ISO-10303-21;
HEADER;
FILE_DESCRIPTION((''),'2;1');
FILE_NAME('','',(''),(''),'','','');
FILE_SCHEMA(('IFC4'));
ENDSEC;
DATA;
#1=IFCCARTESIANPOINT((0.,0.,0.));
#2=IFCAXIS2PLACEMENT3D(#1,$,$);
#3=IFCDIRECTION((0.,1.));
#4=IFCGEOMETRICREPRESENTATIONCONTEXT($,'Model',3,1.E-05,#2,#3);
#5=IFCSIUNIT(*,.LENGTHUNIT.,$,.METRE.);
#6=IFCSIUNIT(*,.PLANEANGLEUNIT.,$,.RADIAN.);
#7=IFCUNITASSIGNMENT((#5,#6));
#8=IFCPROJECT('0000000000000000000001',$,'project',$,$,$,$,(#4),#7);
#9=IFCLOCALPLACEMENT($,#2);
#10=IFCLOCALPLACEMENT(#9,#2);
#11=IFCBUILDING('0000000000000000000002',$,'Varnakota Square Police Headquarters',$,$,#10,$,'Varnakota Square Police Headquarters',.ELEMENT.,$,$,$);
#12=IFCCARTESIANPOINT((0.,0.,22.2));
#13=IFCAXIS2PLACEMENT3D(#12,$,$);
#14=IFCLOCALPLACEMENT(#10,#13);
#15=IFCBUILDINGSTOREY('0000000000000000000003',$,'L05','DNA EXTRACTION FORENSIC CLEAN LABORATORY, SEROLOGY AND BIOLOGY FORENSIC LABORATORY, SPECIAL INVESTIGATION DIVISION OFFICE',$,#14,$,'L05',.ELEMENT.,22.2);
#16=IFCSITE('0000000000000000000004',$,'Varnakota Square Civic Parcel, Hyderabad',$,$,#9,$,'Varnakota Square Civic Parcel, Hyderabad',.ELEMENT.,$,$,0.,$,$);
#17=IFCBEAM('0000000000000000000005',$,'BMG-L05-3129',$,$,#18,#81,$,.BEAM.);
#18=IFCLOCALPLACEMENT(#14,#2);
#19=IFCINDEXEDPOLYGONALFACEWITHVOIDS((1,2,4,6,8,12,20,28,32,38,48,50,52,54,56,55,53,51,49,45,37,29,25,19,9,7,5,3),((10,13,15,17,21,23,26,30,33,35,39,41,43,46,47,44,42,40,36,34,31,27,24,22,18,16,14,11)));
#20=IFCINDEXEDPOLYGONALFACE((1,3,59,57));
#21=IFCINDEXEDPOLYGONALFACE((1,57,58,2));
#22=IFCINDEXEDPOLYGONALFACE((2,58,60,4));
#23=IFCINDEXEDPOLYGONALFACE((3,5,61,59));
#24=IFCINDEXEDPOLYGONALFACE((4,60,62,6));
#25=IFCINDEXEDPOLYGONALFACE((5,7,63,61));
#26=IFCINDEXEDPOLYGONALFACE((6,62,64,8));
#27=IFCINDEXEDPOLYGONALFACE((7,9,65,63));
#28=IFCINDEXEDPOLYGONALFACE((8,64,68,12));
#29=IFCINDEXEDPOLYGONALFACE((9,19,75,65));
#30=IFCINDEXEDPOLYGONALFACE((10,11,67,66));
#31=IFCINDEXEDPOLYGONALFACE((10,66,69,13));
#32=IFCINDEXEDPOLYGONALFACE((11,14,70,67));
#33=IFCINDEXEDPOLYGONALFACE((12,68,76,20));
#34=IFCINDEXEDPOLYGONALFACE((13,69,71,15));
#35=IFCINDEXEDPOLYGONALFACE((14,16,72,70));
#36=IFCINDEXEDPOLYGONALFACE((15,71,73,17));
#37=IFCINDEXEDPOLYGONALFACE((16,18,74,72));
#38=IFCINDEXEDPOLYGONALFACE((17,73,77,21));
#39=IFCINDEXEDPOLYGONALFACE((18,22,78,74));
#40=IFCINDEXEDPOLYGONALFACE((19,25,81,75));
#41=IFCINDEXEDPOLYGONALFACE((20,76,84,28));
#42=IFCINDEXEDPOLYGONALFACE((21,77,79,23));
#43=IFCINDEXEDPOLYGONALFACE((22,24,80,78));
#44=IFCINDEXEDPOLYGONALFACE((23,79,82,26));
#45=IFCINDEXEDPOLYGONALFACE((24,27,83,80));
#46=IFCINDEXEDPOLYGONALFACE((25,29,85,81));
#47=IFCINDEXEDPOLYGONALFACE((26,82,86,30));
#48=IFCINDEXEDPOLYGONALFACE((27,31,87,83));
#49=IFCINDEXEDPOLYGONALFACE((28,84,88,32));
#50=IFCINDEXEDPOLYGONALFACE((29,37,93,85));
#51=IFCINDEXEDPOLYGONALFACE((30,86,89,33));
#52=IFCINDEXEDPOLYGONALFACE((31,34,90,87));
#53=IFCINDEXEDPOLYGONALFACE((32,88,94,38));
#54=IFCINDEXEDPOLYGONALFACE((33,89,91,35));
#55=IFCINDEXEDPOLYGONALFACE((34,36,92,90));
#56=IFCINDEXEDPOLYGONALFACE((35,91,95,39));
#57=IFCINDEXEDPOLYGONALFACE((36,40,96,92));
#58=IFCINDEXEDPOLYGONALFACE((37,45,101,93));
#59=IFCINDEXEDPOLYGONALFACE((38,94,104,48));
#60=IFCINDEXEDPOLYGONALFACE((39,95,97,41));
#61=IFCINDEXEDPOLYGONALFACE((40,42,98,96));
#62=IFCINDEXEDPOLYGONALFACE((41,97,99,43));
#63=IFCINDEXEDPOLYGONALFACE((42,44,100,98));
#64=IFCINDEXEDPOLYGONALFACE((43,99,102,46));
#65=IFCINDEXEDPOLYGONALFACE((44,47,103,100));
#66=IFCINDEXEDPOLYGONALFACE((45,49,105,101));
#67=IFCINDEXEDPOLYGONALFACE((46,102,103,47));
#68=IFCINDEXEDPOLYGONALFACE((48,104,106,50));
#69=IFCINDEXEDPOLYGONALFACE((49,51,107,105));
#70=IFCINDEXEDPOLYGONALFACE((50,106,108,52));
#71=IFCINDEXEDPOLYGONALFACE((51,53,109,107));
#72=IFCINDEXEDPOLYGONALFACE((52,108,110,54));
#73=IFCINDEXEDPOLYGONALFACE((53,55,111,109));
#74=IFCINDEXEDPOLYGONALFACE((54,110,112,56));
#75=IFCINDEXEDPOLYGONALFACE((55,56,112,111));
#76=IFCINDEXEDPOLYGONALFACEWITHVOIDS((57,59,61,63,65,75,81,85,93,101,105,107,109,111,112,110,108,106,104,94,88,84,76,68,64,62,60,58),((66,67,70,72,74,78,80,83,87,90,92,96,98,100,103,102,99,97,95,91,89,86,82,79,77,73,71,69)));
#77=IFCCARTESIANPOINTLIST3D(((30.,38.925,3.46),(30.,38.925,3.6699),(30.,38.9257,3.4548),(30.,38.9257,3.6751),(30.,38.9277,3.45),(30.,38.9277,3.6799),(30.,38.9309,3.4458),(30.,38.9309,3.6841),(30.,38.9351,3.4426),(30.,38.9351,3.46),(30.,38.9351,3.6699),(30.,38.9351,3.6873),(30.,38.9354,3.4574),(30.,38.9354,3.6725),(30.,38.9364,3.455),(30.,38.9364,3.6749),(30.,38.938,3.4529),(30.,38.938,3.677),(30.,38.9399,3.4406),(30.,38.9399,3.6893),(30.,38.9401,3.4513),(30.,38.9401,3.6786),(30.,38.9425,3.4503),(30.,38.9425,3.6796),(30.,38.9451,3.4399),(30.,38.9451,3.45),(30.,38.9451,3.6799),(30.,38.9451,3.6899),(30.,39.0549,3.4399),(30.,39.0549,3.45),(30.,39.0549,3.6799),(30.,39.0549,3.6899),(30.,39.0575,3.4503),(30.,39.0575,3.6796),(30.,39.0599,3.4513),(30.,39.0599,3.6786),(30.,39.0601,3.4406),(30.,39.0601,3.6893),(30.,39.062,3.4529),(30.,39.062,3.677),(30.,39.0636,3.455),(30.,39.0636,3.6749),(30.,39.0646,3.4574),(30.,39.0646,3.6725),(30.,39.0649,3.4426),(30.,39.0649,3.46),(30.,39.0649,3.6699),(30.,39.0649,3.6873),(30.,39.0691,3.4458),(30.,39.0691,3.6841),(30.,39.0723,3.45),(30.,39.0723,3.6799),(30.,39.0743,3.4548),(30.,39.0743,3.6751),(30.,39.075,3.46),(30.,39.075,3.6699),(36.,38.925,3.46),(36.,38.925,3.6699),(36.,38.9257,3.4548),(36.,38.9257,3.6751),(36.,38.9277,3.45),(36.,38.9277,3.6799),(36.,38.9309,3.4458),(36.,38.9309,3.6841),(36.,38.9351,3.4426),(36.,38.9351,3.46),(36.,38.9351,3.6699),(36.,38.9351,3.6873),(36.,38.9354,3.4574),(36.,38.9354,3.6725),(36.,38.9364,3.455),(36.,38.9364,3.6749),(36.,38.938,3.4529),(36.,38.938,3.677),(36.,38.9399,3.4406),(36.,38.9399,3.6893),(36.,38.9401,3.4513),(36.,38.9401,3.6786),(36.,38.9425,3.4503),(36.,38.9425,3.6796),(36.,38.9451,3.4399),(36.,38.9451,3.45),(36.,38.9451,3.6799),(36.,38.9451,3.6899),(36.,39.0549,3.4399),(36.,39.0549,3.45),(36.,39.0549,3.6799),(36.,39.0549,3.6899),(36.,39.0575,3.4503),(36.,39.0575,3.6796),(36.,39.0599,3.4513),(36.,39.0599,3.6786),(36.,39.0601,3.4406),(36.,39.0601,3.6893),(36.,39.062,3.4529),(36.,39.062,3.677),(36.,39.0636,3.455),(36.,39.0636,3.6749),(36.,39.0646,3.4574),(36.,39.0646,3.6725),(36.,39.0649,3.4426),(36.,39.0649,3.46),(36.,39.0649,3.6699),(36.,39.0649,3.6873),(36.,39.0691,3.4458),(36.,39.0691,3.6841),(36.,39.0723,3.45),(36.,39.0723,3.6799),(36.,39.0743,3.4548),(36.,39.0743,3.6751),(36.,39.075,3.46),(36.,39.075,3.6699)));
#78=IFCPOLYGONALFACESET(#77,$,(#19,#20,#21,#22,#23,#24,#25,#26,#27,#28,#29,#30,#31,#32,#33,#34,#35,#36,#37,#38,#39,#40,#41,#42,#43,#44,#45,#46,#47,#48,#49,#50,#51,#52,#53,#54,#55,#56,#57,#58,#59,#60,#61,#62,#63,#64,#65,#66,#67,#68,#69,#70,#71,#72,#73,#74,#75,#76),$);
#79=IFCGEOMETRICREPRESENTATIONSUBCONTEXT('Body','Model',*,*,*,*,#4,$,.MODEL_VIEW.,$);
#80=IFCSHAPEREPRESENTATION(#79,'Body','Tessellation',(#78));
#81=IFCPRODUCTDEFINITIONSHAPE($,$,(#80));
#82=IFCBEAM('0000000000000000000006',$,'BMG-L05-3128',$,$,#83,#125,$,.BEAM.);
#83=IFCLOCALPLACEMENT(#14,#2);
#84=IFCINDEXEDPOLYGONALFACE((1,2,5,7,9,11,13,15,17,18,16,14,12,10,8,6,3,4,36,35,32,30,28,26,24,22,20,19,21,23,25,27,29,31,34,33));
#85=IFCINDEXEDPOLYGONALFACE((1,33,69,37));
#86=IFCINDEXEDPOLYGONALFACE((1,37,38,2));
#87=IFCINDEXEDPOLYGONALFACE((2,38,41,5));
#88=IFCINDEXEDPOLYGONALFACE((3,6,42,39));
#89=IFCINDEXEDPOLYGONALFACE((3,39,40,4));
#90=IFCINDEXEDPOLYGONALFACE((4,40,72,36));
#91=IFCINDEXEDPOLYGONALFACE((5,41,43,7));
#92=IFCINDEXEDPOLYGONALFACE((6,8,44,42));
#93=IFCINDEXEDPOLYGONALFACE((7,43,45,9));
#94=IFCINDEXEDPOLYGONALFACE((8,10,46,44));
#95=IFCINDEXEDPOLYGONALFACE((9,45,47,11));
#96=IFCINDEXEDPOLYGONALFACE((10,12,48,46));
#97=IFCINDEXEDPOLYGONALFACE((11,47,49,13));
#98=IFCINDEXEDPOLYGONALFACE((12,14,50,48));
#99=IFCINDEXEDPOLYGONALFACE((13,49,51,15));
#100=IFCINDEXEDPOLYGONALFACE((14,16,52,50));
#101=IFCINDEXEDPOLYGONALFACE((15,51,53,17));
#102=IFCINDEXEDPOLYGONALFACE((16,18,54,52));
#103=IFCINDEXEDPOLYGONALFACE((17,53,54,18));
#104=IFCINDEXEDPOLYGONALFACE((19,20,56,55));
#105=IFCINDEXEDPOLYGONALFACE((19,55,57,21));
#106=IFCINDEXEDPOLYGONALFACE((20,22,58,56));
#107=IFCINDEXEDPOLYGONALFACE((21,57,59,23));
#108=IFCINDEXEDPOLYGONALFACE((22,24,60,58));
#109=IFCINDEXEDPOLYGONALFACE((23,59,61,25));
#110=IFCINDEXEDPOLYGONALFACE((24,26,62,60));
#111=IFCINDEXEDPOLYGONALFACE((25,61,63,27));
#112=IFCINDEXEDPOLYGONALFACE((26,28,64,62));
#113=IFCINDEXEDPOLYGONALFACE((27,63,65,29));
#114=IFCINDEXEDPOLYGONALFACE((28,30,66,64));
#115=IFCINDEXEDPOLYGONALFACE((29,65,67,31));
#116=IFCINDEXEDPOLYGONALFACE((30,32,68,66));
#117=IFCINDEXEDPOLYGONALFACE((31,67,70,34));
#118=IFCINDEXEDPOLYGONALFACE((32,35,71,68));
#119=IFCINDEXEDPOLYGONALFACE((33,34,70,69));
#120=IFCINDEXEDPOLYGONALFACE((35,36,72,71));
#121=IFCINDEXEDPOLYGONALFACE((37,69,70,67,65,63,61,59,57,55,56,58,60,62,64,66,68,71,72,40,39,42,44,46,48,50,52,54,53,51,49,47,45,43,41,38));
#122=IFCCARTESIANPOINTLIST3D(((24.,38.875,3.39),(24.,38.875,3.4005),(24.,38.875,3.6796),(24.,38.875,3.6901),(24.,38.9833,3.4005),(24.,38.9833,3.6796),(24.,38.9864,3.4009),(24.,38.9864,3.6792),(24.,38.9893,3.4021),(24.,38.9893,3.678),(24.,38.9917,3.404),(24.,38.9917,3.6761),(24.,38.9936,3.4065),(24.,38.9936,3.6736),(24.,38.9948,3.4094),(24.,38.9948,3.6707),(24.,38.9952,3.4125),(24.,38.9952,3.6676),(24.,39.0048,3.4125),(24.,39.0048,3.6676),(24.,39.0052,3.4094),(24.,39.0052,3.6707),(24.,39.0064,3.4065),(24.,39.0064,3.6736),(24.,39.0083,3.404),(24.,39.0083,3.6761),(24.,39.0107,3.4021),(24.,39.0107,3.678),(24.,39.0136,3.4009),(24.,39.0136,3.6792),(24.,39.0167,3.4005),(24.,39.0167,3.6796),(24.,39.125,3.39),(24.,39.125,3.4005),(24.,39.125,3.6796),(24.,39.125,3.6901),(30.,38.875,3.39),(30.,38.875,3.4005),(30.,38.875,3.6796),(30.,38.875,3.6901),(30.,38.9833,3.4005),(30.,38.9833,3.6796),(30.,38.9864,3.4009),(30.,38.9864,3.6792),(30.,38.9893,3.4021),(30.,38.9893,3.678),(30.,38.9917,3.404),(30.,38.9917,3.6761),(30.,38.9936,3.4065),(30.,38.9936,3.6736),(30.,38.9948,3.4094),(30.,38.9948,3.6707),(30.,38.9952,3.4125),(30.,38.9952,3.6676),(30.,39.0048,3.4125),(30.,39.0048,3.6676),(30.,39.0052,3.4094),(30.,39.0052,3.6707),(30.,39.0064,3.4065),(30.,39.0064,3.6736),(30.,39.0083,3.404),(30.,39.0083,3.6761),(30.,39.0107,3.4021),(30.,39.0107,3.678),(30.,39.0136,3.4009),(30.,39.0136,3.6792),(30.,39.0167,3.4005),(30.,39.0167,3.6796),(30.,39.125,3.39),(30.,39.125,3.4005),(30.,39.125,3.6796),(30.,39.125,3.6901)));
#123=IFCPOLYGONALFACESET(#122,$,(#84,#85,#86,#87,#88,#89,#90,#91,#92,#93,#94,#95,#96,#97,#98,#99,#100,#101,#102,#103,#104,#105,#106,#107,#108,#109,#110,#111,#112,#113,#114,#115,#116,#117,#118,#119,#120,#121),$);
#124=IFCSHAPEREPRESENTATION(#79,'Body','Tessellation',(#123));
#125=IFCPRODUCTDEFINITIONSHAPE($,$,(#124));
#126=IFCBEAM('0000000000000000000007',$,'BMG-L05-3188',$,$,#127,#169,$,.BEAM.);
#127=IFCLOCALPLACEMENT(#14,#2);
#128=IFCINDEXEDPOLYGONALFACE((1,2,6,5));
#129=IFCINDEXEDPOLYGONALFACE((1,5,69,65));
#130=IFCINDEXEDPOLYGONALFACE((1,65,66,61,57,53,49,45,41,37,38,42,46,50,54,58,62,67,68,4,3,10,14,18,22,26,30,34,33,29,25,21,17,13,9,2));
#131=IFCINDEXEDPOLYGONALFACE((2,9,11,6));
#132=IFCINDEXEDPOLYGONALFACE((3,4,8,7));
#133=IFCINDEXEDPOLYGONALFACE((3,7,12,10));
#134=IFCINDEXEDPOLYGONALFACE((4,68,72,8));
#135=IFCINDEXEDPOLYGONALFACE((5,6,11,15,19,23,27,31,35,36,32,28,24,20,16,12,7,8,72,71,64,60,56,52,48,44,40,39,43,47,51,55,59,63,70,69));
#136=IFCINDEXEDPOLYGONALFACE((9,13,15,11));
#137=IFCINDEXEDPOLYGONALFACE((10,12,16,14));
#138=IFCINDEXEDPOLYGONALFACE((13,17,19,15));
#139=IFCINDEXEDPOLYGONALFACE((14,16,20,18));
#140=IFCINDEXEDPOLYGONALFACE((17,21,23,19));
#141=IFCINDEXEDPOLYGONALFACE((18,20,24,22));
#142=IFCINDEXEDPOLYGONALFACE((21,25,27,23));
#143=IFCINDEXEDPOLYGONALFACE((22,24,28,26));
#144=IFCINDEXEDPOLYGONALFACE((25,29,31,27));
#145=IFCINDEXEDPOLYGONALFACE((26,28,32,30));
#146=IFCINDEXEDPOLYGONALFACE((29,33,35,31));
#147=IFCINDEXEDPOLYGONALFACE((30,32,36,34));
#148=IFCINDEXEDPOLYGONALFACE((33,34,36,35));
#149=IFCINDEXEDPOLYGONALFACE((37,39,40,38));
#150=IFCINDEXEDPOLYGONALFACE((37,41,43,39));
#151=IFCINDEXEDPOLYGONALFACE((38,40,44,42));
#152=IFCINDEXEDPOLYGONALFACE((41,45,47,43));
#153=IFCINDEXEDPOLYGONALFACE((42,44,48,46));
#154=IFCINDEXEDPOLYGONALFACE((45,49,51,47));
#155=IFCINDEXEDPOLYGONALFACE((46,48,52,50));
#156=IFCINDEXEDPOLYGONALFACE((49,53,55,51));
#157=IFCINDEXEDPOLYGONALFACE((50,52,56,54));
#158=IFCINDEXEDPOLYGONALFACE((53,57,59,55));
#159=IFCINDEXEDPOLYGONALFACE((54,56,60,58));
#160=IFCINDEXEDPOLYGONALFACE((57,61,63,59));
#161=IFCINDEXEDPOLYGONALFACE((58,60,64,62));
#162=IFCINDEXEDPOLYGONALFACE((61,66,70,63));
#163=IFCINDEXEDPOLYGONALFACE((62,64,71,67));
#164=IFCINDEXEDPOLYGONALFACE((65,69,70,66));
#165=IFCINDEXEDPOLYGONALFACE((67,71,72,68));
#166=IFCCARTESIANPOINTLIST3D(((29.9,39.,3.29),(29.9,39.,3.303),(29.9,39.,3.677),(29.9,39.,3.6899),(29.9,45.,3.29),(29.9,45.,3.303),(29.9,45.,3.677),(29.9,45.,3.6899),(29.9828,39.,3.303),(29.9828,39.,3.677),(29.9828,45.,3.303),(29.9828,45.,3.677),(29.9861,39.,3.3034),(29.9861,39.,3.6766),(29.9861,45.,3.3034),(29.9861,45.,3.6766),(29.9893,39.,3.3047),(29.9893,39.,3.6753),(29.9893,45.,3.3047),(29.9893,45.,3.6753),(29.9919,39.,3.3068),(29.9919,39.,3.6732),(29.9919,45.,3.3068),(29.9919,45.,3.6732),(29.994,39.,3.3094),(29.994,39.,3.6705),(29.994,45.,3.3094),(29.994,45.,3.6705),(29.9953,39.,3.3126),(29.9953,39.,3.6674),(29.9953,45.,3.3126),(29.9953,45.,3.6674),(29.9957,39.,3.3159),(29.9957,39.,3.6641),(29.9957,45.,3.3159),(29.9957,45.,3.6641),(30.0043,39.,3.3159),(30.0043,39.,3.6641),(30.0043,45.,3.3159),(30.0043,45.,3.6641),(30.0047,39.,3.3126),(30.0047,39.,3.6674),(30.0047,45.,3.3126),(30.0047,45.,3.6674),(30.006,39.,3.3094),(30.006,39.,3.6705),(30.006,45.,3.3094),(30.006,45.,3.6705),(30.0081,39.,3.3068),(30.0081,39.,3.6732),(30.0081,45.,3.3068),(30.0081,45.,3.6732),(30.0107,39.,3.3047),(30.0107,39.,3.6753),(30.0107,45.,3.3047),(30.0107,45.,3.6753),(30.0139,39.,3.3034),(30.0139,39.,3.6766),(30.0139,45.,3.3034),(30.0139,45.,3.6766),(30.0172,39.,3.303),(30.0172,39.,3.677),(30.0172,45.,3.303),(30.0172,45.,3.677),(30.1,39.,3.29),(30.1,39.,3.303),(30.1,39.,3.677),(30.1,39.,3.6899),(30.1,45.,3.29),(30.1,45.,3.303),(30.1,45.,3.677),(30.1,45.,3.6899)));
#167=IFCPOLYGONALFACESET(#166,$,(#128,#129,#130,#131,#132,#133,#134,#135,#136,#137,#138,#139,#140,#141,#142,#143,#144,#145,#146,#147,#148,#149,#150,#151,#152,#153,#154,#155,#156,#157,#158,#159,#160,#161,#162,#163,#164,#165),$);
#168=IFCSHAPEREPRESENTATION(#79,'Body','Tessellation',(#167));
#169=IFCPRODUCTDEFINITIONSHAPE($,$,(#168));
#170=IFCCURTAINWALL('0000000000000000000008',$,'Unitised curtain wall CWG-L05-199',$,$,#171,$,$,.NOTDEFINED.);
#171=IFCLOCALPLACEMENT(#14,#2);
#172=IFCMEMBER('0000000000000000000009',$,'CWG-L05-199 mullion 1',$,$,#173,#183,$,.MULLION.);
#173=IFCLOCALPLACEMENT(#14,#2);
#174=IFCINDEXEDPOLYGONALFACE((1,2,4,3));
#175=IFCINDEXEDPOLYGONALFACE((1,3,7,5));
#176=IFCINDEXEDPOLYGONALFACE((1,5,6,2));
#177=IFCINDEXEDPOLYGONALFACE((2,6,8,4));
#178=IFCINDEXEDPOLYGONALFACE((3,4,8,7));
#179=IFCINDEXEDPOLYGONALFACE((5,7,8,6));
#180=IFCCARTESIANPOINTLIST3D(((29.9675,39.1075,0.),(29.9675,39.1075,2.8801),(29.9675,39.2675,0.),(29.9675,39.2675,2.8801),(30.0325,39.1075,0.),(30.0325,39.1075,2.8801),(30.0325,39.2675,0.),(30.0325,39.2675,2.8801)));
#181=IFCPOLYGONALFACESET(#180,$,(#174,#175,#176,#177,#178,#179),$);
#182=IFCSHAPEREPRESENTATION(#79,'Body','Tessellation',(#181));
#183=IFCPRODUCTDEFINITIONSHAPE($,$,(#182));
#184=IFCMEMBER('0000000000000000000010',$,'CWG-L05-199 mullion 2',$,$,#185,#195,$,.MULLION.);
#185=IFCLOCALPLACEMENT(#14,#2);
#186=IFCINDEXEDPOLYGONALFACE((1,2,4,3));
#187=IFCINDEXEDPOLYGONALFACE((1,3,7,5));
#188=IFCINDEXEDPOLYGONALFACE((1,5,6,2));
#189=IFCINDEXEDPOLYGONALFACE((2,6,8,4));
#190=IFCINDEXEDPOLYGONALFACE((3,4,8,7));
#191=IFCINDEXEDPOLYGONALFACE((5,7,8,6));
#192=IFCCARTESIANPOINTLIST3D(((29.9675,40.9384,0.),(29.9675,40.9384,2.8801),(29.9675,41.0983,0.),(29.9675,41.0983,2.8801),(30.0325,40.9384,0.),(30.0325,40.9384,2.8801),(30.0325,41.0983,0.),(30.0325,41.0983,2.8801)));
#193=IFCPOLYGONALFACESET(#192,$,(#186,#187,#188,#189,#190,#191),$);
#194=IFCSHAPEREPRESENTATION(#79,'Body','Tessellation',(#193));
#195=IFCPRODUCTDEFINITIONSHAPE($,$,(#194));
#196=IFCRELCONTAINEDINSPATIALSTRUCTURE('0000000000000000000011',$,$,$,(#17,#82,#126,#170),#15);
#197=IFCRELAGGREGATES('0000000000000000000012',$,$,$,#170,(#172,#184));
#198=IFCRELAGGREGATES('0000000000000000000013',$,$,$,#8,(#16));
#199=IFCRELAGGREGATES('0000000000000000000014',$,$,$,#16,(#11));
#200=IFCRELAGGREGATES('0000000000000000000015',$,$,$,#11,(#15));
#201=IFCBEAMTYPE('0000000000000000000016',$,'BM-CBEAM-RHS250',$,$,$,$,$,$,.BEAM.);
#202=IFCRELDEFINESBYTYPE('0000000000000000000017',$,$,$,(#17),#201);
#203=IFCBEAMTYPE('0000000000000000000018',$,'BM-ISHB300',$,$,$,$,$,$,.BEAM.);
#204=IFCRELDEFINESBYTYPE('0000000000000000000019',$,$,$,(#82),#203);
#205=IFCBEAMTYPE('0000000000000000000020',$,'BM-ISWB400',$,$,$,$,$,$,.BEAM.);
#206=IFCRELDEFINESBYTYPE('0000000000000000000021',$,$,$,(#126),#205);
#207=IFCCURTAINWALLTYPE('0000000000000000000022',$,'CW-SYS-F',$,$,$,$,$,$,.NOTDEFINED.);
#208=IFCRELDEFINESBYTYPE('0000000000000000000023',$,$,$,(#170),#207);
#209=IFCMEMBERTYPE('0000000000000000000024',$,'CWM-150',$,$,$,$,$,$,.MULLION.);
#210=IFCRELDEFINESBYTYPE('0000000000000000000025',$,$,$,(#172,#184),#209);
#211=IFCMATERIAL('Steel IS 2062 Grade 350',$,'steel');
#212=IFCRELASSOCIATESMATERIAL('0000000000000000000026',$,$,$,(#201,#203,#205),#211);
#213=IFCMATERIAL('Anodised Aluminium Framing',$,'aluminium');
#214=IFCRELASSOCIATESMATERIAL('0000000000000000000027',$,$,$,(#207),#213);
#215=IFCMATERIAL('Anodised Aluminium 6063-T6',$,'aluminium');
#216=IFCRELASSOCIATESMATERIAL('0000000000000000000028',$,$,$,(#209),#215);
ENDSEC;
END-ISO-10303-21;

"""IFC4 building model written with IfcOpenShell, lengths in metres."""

from ifc_helpers import new_model, si_unit, direction, frame, origin, origin_2d, place, context, subcontext, project, spatial, rectangle, hollow_rectangle, i_section, extrude, material, material_profile, profile_set, type_object, element, aggregate, save


model = new_model("IFC4")

# Units and contexts
model_context = context("Model", 3, precision=1e-05, world=origin(), true_north=direction((0.0, 1.0)))
body_context = subcontext(model_context, "Body", "Model", "MODEL_VIEW")
ifc_project = project(units=[si_unit("LENGTHUNIT", "METRE"), si_unit("PLANEANGLEUNIT", "RADIAN")], contexts=[model_context])

# Site, building, storey
site_placement = place(None, origin())
site = spatial("IfcSite", under=ifc_project, at=site_placement, Name="Varnakota Square Civic Parcel, Hyderabad", LongName="Varnakota Square Civic Parcel, Hyderabad", CompositionType="ELEMENT", RefElevation=0.0)
building_placement = place(site_placement, origin())
building = spatial("IfcBuilding", under=site, at=building_placement, Name="Varnakota Square Police Headquarters", LongName="Varnakota Square Police Headquarters", CompositionType="ELEMENT")
storey_placement = place(building_placement, frame((0.0, 0.0, 22.2)))
storey = spatial("IfcBuildingStorey", under=building, at=storey_placement, Name="L05", Description="DNA EXTRACTION FORENSIC CLEAN LABORATORY, SEROLOGY AND BIOLOGY FORENSIC LABORATORY, SPECIAL INVESTIGATION DIVISION OFFICE", LongName="L05", CompositionType="ELEMENT", Elevation=22.2)

# Shared definitions
ifc_material_1 = material(Name="Steel IS 2062 Grade 350", Category="steel")

# Beams
ifc_material_profile_1 = material_profile(ifc_material_1, hollow_rectangle(XDim=0.1499, YDim=0.25, WallThickness=0.01, InnerFilletRadius=0.01, OuterFilletRadius=0.02, at=origin_2d()), Name="RHS 250x150x10")
ifc_profile_set_1 = profile_set([ifc_material_profile_1], Name="Steel IS 2062 Grade 350")
beam_type_1 = type_object("IfcBeamType", Name="BM-CBEAM-RHS250", PredefinedType="BEAM", material=ifc_profile_set_1)
beam_1_placement = place(storey_placement, frame((30.0, 39.0, 3.5649), z_axis=(1.0, 0.0, 0.0), x_axis=(0.0, 1.0, 0.0)))
element("IfcBeam", 1, at=beam_1_placement, inside=storey, type_object=beam_type_1, Name="BMG-L05-3129", PredefinedType="BEAM", context=body_context, shape_type="SweptSolid", body=[
    extrude(hollow_rectangle(XDim=0.1499, YDim=0.25, WallThickness=0.01, InnerFilletRadius=0.01, OuterFilletRadius=0.02, at=origin_2d()), origin(), (0.0, 0.0, 1.0), 6.0),
])
ifc_material_profile_2 = material_profile(ifc_material_1, i_section(OverallWidth=0.25, OverallDepth=0.3, WebThickness=0.0095, FlangeThickness=0.0105, FilletRadius=0.012, at=origin_2d()), Name="ISHB 300")
ifc_profile_set_2 = profile_set([ifc_material_profile_2], Name="Steel IS 2062 Grade 350")
beam_type_2 = type_object("IfcBeamType", Name="BM-ISHB300", PredefinedType="BEAM", material=ifc_profile_set_2)
beam_2_placement = place(storey_placement, frame((24.0, 39.0, 3.54), z_axis=(1.0, 0.0, 0.0), x_axis=(0.0, 1.0, 0.0)))
element("IfcBeam", 2, at=beam_2_placement, inside=storey, type_object=beam_type_2, Name="BMG-L05-3128", PredefinedType="BEAM", context=body_context, shape_type="SweptSolid", body=[
    extrude(i_section(OverallWidth=0.25, OverallDepth=0.3, WebThickness=0.0095, FlangeThickness=0.0105, FilletRadius=0.012, at=origin_2d()), origin(), (0.0, 0.0, 1.0), 6.0),
])
ifc_material_profile_3 = material_profile(ifc_material_1, i_section(OverallWidth=0.2, OverallDepth=0.3999, WebThickness=0.0085, FlangeThickness=0.0129, FilletRadius=0.0129, at=origin_2d()), Name="ISWB 400")
ifc_profile_set_3 = profile_set([ifc_material_profile_3], Name="Steel IS 2062 Grade 350")
beam_type_3 = type_object("IfcBeamType", Name="BM-ISWB400", PredefinedType="BEAM", material=ifc_profile_set_3)
beam_3_placement = place(storey_placement, frame((30.0, 39.0, 3.49), z_axis=(0.0, 1.0, 0.0), x_axis=(-1.0, 0.0, 0.0)))
element("IfcBeam", 3, at=beam_3_placement, inside=storey, type_object=beam_type_3, Name="BMG-L05-3188", PredefinedType="BEAM", context=body_context, shape_type="SweptSolid", body=[
    extrude(i_section(OverallWidth=0.2, OverallDepth=0.3999, WebThickness=0.0085, FlangeThickness=0.0129, FilletRadius=0.0129, at=origin_2d()), origin(), (0.0, 0.0, 1.0), 6.0),
])

# Curtain wall, members
ifc_material_2 = material(Name="Anodised Aluminium Framing", Category="aluminium")
curtain_wall_type = type_object("IfcCurtainWallType", Name="CW-SYS-F", PredefinedType="NOTDEFINED", material=ifc_material_2)
curtain_wall_1_placement = place(storey_placement, origin())
curtain_wall_1 = element("IfcCurtainWall", 4, at=curtain_wall_1_placement, inside=storey, type_object=curtain_wall_type, Name="Unitised curtain wall CWG-L05-199", PredefinedType="NOTDEFINED")
ifc_material_3 = material(Name="Anodised Aluminium 6063-T6", Category="aluminium")
ifc_material_profile_4 = material_profile(ifc_material_3, rectangle(XDim=0.0649, YDim=0.1599, at=origin_2d()), Name="ALU MULLION 65x160")
ifc_profile_set_4 = profile_set([ifc_material_profile_4], Name="Anodised Aluminium 6063-T6")
member_type_1 = type_object("IfcMemberType", Name="CWM-150", PredefinedType="MULLION", material=ifc_profile_set_4)
member_1_placement = place(storey_placement, frame((30.0, 39.1875, 0.0), z_axis=(0.0, 0.0, 1.0), x_axis=(-1.0, 0.0, 0.0)))
member_1 = element("IfcMember", 5, at=member_1_placement, type_object=member_type_1, Name="CWG-L05-199 mullion 1", PredefinedType="MULLION", context=body_context, shape_type="SweptSolid", body=[
    extrude(rectangle(XDim=0.0649, YDim=0.1599, at=origin_2d()), origin(), (0.0, 0.0, 1.0), 2.8801),
])
member_2_placement = place(storey_placement, frame((30.0, 41.0183, 0.0), z_axis=(0.0, 0.0, 1.0), x_axis=(-1.0, 0.0, 0.0)))
member_2 = element("IfcMember", 6, at=member_2_placement, type_object=member_type_1, Name="CWG-L05-199 mullion 2", PredefinedType="MULLION", context=body_context, shape_type="SweptSolid", body=[
    extrude(rectangle(XDim=0.0649, YDim=0.1599, at=origin_2d()), origin(), (0.0, 0.0, 1.0), 2.8801),
])

aggregate(curtain_wall_1, [member_1, member_2])

save(model, "model.ifc")
